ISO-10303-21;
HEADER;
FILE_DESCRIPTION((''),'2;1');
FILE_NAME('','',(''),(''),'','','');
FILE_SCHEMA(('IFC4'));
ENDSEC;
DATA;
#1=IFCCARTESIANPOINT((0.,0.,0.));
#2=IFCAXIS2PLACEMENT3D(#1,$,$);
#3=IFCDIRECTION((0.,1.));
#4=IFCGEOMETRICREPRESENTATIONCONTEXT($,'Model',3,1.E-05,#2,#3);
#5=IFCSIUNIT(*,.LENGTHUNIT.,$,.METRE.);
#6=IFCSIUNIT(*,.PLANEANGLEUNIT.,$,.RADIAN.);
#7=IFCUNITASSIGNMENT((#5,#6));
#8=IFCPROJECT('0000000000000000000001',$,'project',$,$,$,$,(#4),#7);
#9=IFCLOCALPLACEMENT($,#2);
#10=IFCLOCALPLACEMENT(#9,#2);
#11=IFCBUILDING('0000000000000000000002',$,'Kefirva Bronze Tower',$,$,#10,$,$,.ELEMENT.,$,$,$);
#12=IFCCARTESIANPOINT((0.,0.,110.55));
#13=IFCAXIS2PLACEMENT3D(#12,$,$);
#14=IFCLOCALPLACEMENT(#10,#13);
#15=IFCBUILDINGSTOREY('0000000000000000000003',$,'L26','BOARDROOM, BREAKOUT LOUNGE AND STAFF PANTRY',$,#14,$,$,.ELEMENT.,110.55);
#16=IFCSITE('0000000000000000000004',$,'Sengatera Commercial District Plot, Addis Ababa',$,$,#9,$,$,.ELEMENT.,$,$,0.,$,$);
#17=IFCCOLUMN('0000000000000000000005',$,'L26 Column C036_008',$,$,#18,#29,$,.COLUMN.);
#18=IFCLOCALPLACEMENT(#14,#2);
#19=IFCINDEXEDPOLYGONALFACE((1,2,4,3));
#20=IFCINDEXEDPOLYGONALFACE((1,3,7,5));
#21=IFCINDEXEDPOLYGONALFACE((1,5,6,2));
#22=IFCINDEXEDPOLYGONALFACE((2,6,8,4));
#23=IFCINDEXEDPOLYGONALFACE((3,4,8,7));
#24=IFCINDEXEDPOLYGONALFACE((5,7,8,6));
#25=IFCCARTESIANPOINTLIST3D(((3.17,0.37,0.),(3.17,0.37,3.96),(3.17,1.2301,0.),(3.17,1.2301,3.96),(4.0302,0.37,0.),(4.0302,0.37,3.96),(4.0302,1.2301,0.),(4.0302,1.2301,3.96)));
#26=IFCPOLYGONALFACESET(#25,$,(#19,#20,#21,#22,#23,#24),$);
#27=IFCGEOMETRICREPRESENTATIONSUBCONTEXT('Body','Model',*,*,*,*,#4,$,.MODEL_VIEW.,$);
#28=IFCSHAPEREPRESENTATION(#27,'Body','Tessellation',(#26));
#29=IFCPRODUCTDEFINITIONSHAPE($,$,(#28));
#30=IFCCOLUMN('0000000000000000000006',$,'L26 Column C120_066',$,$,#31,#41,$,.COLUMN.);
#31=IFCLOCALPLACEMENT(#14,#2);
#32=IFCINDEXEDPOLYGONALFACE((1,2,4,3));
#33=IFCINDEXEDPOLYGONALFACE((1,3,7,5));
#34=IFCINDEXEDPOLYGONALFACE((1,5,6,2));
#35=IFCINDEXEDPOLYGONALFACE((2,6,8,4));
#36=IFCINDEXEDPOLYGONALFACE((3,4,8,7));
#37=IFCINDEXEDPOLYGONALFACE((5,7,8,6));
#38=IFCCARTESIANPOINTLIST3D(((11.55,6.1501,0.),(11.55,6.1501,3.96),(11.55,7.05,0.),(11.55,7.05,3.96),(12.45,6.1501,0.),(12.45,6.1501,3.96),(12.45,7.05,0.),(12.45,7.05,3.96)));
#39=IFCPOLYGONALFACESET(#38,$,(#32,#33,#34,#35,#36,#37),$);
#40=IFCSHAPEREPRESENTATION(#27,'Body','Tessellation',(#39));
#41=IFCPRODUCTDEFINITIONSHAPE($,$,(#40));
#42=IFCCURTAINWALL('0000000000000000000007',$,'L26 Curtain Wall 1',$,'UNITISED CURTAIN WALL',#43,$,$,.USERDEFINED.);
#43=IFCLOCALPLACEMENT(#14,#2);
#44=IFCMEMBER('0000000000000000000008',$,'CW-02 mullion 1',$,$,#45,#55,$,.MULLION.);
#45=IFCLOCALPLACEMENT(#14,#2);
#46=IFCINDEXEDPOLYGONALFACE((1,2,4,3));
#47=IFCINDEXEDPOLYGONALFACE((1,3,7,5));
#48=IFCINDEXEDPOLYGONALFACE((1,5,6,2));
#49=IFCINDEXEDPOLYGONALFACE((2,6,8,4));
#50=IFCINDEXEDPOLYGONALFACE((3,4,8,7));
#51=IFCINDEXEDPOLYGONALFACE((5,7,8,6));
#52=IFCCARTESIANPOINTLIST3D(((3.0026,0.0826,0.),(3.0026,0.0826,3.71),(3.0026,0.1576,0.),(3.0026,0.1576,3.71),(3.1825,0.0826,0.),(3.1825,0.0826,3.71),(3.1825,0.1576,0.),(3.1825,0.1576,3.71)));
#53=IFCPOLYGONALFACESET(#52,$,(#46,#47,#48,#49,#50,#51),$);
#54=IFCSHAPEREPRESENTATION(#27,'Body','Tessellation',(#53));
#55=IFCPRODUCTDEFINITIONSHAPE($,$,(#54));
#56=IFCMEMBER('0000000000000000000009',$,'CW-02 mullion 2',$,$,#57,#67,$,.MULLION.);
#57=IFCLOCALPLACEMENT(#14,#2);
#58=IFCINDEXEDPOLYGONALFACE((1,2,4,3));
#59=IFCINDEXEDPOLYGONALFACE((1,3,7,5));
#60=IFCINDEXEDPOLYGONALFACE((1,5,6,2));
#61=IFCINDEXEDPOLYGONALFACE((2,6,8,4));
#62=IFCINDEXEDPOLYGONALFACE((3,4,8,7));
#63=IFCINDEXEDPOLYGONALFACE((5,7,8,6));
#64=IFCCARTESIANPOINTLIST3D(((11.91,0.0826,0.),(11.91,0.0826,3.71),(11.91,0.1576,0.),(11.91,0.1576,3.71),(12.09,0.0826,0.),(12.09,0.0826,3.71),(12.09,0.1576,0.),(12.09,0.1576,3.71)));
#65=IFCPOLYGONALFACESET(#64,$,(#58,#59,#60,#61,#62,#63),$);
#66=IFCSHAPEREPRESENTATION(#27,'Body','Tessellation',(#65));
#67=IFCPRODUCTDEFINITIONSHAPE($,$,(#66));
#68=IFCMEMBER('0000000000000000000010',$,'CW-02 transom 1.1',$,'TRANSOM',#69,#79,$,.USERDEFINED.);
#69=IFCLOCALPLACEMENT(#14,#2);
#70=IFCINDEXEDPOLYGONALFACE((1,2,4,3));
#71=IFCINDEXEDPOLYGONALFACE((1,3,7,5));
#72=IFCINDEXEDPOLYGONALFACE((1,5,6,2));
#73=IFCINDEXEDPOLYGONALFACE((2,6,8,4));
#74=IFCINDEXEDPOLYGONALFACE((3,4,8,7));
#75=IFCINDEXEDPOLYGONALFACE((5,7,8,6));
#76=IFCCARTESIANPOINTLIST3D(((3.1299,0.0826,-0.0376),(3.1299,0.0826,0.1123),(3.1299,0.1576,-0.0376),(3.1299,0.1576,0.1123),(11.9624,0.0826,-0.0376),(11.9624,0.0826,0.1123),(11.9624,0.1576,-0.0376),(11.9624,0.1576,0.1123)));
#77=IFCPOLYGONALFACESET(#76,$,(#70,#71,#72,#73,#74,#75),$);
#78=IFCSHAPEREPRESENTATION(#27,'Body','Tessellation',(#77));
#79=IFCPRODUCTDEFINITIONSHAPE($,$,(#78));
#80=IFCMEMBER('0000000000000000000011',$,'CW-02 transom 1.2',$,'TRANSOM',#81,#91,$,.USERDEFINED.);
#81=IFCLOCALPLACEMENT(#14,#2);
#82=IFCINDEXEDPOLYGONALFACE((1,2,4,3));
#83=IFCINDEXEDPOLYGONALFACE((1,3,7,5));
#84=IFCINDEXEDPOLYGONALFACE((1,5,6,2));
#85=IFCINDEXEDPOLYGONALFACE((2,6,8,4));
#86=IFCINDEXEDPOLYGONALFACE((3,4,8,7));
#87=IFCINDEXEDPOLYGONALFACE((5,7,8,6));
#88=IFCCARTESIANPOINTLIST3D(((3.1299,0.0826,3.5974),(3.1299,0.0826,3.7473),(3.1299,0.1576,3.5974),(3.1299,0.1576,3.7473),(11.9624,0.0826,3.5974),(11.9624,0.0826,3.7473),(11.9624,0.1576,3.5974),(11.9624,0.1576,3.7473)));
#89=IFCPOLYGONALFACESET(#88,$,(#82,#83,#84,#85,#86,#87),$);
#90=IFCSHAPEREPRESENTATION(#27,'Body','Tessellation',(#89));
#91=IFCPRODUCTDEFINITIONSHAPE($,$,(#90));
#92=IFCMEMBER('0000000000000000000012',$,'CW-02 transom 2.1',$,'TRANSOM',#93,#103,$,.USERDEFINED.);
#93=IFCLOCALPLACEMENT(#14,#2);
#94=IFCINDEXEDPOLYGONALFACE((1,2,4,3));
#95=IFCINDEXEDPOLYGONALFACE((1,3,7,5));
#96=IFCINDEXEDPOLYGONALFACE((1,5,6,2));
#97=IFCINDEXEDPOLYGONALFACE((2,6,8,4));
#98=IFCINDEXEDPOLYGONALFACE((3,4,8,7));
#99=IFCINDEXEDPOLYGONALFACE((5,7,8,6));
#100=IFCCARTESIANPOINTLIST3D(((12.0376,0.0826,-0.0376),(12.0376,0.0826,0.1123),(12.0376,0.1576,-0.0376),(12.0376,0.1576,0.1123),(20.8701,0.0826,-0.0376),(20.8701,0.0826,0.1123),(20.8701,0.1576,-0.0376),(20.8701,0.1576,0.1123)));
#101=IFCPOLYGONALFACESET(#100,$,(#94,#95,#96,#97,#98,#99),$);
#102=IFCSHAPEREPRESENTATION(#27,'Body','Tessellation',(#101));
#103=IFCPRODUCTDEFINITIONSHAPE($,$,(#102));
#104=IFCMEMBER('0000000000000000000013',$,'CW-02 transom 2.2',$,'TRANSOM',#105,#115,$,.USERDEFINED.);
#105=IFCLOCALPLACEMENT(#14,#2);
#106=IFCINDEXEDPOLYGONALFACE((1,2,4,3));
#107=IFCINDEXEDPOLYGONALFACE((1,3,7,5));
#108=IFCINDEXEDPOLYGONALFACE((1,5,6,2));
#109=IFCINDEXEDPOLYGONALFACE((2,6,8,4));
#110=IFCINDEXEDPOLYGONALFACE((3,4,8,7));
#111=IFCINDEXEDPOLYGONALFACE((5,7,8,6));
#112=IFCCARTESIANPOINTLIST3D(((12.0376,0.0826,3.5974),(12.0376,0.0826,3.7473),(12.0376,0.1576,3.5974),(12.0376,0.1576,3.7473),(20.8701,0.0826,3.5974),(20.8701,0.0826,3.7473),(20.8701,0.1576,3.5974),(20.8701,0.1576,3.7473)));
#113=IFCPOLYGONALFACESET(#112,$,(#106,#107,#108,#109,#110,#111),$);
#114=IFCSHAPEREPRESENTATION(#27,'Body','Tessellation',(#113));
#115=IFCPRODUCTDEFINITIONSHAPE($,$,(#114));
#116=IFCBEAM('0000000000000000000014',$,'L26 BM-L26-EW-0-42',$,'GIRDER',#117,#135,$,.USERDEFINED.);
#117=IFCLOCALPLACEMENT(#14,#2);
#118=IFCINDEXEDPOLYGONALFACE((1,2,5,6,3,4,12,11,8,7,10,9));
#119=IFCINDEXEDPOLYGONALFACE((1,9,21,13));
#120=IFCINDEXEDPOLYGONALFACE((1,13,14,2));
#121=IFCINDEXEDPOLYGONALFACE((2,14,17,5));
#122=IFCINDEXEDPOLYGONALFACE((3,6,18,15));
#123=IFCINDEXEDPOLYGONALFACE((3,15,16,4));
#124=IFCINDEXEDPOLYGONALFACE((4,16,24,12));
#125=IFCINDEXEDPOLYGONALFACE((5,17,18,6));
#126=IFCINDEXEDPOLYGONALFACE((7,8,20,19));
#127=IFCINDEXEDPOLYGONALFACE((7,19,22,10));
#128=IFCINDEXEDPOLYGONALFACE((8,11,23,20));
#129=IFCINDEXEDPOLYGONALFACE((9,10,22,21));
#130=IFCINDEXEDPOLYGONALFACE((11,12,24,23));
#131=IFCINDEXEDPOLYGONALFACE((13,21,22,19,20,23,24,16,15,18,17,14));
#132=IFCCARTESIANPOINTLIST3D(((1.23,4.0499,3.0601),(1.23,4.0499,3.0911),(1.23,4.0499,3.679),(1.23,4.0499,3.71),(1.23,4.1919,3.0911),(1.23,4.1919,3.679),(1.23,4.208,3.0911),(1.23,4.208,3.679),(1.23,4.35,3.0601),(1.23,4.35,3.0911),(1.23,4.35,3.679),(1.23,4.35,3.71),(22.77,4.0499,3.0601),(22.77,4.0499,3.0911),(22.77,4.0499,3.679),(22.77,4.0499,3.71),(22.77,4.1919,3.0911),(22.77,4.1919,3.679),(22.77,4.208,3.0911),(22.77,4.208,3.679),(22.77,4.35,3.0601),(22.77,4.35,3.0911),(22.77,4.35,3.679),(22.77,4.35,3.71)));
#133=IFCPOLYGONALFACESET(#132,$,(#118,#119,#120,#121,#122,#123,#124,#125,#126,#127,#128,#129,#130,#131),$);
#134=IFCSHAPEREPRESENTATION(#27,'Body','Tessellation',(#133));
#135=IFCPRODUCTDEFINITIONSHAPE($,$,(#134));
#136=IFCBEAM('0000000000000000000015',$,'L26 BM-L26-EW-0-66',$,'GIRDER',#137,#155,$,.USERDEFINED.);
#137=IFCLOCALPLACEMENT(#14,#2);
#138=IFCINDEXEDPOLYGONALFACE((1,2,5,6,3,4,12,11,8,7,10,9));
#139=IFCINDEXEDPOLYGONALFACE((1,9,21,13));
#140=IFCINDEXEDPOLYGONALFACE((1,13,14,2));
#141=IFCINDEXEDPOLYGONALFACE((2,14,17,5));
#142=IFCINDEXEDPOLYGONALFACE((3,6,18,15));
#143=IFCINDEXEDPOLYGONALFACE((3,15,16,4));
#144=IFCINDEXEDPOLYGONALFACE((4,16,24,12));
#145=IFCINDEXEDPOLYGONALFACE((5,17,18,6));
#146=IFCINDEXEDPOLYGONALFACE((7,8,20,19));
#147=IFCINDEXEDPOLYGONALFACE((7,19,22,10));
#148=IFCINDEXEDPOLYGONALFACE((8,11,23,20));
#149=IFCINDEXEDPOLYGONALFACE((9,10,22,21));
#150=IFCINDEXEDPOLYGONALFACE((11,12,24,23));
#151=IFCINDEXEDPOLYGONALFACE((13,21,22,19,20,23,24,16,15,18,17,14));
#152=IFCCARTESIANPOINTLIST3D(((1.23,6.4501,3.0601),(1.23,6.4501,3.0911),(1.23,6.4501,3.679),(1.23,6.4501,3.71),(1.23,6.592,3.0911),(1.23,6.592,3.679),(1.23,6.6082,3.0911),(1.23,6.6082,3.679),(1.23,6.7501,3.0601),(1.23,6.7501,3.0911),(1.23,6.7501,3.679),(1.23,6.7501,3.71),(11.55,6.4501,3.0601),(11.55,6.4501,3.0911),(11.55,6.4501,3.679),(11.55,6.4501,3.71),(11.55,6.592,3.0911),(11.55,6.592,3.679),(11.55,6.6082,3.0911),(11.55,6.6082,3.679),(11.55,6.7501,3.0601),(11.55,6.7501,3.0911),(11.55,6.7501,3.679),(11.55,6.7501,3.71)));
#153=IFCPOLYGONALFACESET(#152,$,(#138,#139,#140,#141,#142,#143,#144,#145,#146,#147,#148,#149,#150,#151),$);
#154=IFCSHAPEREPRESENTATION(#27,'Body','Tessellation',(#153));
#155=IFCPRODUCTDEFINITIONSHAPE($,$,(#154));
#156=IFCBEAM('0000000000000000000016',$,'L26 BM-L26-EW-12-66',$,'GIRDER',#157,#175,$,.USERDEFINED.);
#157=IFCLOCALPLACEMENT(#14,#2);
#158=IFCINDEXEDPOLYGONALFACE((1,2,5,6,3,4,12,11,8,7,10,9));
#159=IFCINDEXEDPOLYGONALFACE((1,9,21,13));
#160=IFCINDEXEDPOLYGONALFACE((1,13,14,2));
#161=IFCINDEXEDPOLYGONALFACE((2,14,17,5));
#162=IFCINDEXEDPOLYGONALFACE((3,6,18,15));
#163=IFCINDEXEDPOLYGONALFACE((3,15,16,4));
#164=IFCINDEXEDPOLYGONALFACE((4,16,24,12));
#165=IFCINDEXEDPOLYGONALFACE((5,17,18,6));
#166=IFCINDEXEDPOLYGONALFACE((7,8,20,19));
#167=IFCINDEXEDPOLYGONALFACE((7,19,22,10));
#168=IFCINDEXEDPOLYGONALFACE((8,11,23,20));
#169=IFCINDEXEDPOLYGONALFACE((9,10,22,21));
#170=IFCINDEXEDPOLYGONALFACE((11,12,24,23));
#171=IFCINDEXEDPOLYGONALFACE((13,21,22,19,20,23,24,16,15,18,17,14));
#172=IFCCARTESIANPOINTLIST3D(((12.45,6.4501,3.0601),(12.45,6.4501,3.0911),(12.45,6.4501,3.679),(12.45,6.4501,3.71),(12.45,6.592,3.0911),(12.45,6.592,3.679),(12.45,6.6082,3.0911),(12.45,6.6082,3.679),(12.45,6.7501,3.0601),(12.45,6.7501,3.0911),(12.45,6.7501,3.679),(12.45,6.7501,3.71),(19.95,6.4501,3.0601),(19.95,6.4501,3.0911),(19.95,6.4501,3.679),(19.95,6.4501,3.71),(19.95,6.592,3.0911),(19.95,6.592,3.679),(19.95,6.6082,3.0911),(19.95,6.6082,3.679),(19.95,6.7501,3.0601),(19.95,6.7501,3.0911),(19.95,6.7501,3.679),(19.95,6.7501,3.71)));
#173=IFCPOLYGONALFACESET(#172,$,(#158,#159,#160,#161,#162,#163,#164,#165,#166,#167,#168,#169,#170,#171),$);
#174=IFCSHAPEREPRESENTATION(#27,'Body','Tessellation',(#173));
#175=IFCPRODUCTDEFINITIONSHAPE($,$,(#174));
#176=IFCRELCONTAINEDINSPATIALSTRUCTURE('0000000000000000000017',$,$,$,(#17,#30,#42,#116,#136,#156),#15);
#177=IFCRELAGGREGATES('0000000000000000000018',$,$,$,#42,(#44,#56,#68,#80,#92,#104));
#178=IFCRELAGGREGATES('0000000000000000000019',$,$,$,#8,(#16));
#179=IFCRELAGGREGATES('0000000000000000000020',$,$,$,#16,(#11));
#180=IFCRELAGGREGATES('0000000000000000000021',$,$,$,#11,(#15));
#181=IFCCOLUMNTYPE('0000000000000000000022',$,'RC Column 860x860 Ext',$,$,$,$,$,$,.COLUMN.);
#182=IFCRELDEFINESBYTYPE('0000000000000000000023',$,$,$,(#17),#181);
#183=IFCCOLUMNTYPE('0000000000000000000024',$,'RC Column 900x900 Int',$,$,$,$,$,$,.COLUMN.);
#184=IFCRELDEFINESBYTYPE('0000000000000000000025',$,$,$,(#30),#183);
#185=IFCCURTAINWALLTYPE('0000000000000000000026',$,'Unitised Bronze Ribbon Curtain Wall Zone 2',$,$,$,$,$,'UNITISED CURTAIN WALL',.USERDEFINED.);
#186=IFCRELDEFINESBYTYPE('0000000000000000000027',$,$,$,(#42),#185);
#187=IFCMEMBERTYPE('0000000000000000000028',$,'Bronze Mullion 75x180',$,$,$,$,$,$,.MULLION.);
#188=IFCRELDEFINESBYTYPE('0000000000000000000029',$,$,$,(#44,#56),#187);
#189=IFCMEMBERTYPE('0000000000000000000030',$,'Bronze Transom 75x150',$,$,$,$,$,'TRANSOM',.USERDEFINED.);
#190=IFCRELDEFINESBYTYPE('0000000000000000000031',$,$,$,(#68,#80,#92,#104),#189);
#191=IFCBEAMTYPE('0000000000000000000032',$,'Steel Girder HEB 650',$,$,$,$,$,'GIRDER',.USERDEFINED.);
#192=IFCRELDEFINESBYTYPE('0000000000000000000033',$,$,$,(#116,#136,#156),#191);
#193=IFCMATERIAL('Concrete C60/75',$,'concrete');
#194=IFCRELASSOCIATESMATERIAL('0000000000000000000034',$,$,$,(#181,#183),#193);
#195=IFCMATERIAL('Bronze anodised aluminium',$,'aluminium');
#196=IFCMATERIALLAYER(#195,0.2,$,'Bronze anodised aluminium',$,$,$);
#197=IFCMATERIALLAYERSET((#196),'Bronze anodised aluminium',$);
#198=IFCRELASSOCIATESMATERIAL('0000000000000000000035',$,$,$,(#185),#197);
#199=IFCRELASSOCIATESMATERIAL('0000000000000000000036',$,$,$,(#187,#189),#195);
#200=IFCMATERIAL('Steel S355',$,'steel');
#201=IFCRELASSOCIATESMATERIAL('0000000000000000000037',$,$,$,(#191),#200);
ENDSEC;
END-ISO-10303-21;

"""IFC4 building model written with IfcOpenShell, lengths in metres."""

from ifc_helpers import new_model, si_unit, direction, frame, origin, origin_2d, place, context, subcontext, project, spatial, rectangle, i_section, extrude, material, layer, layer_set, material_profile, profile_set, type_object, element, aggregate, save


model = new_model("IFC4")

# Units and contexts
model_context = context("Model", 3, precision=1e-05, world=origin(), true_north=direction((0.0, 1.0)))
body_context = subcontext(model_context, "Body", "Model", "MODEL_VIEW")
ifc_project = project(units=[si_unit("LENGTHUNIT", "METRE"), si_unit("PLANEANGLEUNIT", "RADIAN")], contexts=[model_context])

# Site, building, storey
site_placement = place(None, origin())
site = spatial("IfcSite", under=ifc_project, at=site_placement, Name="Sengatera Commercial District Plot, Addis Ababa", CompositionType="ELEMENT", RefElevation=0.0)
building_placement = place(site_placement, origin())
building = spatial("IfcBuilding", under=site, at=building_placement, Name="Kefirva Bronze Tower", CompositionType="ELEMENT")
storey_placement = place(building_placement, frame((0.0, 0.0, 110.55)))
storey = spatial("IfcBuildingStorey", under=building, at=storey_placement, Name="L26", Description="BOARDROOM, BREAKOUT LOUNGE AND STAFF PANTRY", CompositionType="ELEMENT", Elevation=110.55)

# Columns
ifc_material_1 = material(Name="Concrete C60/75", Category="concrete")
ifc_material_profile_1 = material_profile(ifc_material_1, rectangle(XDim=0.8601, YDim=0.8601, at=origin_2d()), Name="RC 860x860")
ifc_profile_set_1 = profile_set([ifc_material_profile_1], Name="Concrete C60/75")
column_type_1 = type_object("IfcColumnType", Name="RC Column 860x860 Ext", PredefinedType="COLUMN", material=ifc_profile_set_1)
column_1_placement = place(storey_placement, frame((3.6001, 0.8, 0.0), z_axis=(0.0, 0.0, 1.0), x_axis=(1.0, 0.0, 0.0)))
element("IfcColumn", 1, at=column_1_placement, inside=storey, type_object=column_type_1, Name="L26 Column C036_008", PredefinedType="COLUMN", context=body_context, shape_type="SweptSolid", body=[
    extrude(rectangle(XDim=0.8601, YDim=0.8601, at=origin_2d()), origin(), (0.0, 0.0, 1.0), 3.96),
])
ifc_material_profile_2 = material_profile(ifc_material_1, rectangle(XDim=0.8999, YDim=0.8999, at=origin_2d()), Name="RC 900x900")
ifc_profile_set_2 = profile_set([ifc_material_profile_2], Name="Concrete C60/75")
column_type_2 = type_object("IfcColumnType", Name="RC Column 900x900 Int", PredefinedType="COLUMN", material=ifc_profile_set_2)
column_2_placement = place(storey_placement, frame((12.0, 6.6001, 0.0), z_axis=(0.0, 0.0, 1.0), x_axis=(1.0, 0.0, 0.0)))
element("IfcColumn", 2, at=column_2_placement, inside=storey, type_object=column_type_2, Name="L26 Column C120_066", PredefinedType="COLUMN", context=body_context, shape_type="SweptSolid", body=[
    extrude(rectangle(XDim=0.8999, YDim=0.8999, at=origin_2d()), origin(), (0.0, 0.0, 1.0), 3.96),
])

# Curtain wall, members
ifc_material_2 = material(Name="Bronze anodised aluminium", Category="aluminium")
ifc_layer_1 = layer(ifc_material_2, 0.2, Name="Bronze anodised aluminium")
ifc_layer_set_1 = layer_set([ifc_layer_1], Name="Bronze anodised aluminium")
curtain_wall_type = type_object("IfcCurtainWallType", Name="Unitised Bronze Ribbon Curtain Wall Zone 2", ElementType="UNITISED CURTAIN WALL", PredefinedType="USERDEFINED", material=ifc_layer_set_1)
curtain_wall_placement = place(storey_placement, origin())
curtain_wall = element("IfcCurtainWall", 3, at=curtain_wall_placement, inside=storey, type_object=curtain_wall_type, Name="L26 Curtain Wall 1", ObjectType="UNITISED CURTAIN WALL", PredefinedType="USERDEFINED")
ifc_material_profile_3 = material_profile(ifc_material_2, rectangle(XDim=0.075, YDim=0.1799, at=origin_2d()), Name="ALU 75x180")
ifc_profile_set_3 = profile_set([ifc_material_profile_3], Name="Bronze anodised aluminium")
member_type_1 = type_object("IfcMemberType", Name="Bronze Mullion 75x180", PredefinedType="MULLION", material=ifc_profile_set_3)
member_1_placement = place(storey_placement, frame((3.0925, 0.1201, 0.0), z_axis=(0.0, 0.0, 1.0), x_axis=(0.0, 1.0, 0.0)))
member_1 = element("IfcMember", 4, at=member_1_placement, type_object=member_type_1, Name="CW-02 mullion 1", PredefinedType="MULLION", context=body_context, shape_type="SweptSolid", body=[
    extrude(rectangle(XDim=0.075, YDim=0.1799, at=origin_2d()), origin(), (0.0, 0.0, 1.0), 3.71),
])
member_2_placement = place(storey_placement, frame((12.0, 0.1201, 0.0), z_axis=(0.0, 0.0, 1.0), x_axis=(0.0, 1.0, 0.0)))
member_2 = element("IfcMember", 5, at=member_2_placement, type_object=member_type_1, Name="CW-02 mullion 2", PredefinedType="MULLION", context=body_context, shape_type="SweptSolid", body=[
    extrude(rectangle(XDim=0.075, YDim=0.1799, at=origin_2d()), origin(), (0.0, 0.0, 1.0), 3.71),
])
ifc_material_profile_4 = material_profile(ifc_material_2, rectangle(XDim=0.075, YDim=0.1499, at=origin_2d()), Name="ALU 75x150")
ifc_profile_set_4 = profile_set([ifc_material_profile_4], Name="Bronze anodised aluminium")
member_type_2 = type_object("IfcMemberType", Name="Bronze Transom 75x150", ElementType="TRANSOM", PredefinedType="USERDEFINED", material=ifc_profile_set_4)
member_3_placement = place(storey_placement, frame((3.1299, 0.1201, 0.0374), z_axis=(1.0, 0.0, 0.0), x_axis=(0.0, 1.0, 0.0)))
member_3 = element("IfcMember", 6, at=member_3_placement, type_object=member_type_2, Name="CW-02 transom 1.1", ObjectType="TRANSOM", PredefinedType="USERDEFINED", context=body_context, shape_type="SweptSolid", body=[
    extrude(rectangle(XDim=0.075, YDim=0.1499, at=origin_2d()), origin(), (0.0, 0.0, 1.0), 8.8325),
])
member_4_placement = place(storey_placement, frame((3.1299, 0.1201, 3.6724), z_axis=(1.0, 0.0, 0.0), x_axis=(0.0, 1.0, 0.0)))
member_4 = element("IfcMember", 7, at=member_4_placement, type_object=member_type_2, Name="CW-02 transom 1.2", ObjectType="TRANSOM", PredefinedType="USERDEFINED", context=body_context, shape_type="SweptSolid", body=[
    extrude(rectangle(XDim=0.075, YDim=0.1499, at=origin_2d()), origin(), (0.0, 0.0, 1.0), 8.8325),
])
member_5_placement = place(storey_placement, frame((12.0376, 0.1201, 0.0374), z_axis=(1.0, 0.0, 0.0), x_axis=(0.0, 1.0, 0.0)))
member_5 = element("IfcMember", 8, at=member_5_placement, type_object=member_type_2, Name="CW-02 transom 2.1", ObjectType="TRANSOM", PredefinedType="USERDEFINED", context=body_context, shape_type="SweptSolid", body=[
    extrude(rectangle(XDim=0.075, YDim=0.1499, at=origin_2d()), origin(), (0.0, 0.0, 1.0), 8.8325),
])
member_6_placement = place(storey_placement, frame((12.0376, 0.1201, 3.6724), z_axis=(1.0, 0.0, 0.0), x_axis=(0.0, 1.0, 0.0)))
member_6 = element("IfcMember", 9, at=member_6_placement, type_object=member_type_2, Name="CW-02 transom 2.2", ObjectType="TRANSOM", PredefinedType="USERDEFINED", context=body_context, shape_type="SweptSolid", body=[
    extrude(rectangle(XDim=0.075, YDim=0.1499, at=origin_2d()), origin(), (0.0, 0.0, 1.0), 8.8325),
])

# Beams
ifc_material_3 = material(Name="Steel S355", Category="steel")
ifc_material_profile_5 = material_profile(ifc_material_3, i_section(OverallWidth=0.3, OverallDepth=0.6499, WebThickness=0.0161, FlangeThickness=0.031, at=origin_2d()), Name="HEB 650")
ifc_profile_set_5 = profile_set([ifc_material_profile_5], Name="Steel S355")
beam_type_1 = type_object("IfcBeamType", Name="Steel Girder HEB 650", ElementType="GIRDER", PredefinedType="USERDEFINED", material=ifc_profile_set_5)
beam_1_placement = place(storey_placement, frame((1.23, 4.2, 3.385), z_axis=(1.0, 0.0, 0.0), x_axis=(0.0, 1.0, 0.0)))
element("IfcBeam", 10, at=beam_1_placement, inside=storey, type_object=beam_type_1, Name="L26 BM-L26-EW-0-42", ObjectType="GIRDER", PredefinedType="USERDEFINED", context=body_context, shape_type="SweptSolid", body=[
    extrude(i_section(OverallWidth=0.3, OverallDepth=0.6499, WebThickness=0.0161, FlangeThickness=0.031, at=origin_2d()), origin(), (0.0, 0.0, 1.0), 21.54),
])
beam_2_placement = place(storey_placement, frame((1.23, 6.6001, 3.385), z_axis=(1.0, 0.0, 0.0), x_axis=(0.0, 1.0, 0.0)))
element("IfcBeam", 11, at=beam_2_placement, inside=storey, type_object=beam_type_1, Name="L26 BM-L26-EW-0-66", ObjectType="GIRDER", PredefinedType="USERDEFINED", context=body_context, shape_type="SweptSolid", body=[
    extrude(i_section(OverallWidth=0.3, OverallDepth=0.6499, WebThickness=0.0161, FlangeThickness=0.031, at=origin_2d()), origin(), (0.0, 0.0, 1.0), 10.3201),
])
beam_3_placement = place(storey_placement, frame((12.45, 6.6001, 3.385), z_axis=(1.0, 0.0, 0.0), x_axis=(0.0, 1.0, 0.0)))
element("IfcBeam", 12, at=beam_3_placement, inside=storey, type_object=beam_type_1, Name="L26 BM-L26-EW-12-66", ObjectType="GIRDER", PredefinedType="USERDEFINED", context=body_context, shape_type="SweptSolid", body=[
    extrude(i_section(OverallWidth=0.3, OverallDepth=0.6499, WebThickness=0.0161, FlangeThickness=0.031, at=origin_2d()), origin(), (0.0, 0.0, 1.0), 7.5),
])

aggregate(curtain_wall, [member_1, member_2, member_3, member_4, member_5, member_6])

save(model, "model.ifc")
